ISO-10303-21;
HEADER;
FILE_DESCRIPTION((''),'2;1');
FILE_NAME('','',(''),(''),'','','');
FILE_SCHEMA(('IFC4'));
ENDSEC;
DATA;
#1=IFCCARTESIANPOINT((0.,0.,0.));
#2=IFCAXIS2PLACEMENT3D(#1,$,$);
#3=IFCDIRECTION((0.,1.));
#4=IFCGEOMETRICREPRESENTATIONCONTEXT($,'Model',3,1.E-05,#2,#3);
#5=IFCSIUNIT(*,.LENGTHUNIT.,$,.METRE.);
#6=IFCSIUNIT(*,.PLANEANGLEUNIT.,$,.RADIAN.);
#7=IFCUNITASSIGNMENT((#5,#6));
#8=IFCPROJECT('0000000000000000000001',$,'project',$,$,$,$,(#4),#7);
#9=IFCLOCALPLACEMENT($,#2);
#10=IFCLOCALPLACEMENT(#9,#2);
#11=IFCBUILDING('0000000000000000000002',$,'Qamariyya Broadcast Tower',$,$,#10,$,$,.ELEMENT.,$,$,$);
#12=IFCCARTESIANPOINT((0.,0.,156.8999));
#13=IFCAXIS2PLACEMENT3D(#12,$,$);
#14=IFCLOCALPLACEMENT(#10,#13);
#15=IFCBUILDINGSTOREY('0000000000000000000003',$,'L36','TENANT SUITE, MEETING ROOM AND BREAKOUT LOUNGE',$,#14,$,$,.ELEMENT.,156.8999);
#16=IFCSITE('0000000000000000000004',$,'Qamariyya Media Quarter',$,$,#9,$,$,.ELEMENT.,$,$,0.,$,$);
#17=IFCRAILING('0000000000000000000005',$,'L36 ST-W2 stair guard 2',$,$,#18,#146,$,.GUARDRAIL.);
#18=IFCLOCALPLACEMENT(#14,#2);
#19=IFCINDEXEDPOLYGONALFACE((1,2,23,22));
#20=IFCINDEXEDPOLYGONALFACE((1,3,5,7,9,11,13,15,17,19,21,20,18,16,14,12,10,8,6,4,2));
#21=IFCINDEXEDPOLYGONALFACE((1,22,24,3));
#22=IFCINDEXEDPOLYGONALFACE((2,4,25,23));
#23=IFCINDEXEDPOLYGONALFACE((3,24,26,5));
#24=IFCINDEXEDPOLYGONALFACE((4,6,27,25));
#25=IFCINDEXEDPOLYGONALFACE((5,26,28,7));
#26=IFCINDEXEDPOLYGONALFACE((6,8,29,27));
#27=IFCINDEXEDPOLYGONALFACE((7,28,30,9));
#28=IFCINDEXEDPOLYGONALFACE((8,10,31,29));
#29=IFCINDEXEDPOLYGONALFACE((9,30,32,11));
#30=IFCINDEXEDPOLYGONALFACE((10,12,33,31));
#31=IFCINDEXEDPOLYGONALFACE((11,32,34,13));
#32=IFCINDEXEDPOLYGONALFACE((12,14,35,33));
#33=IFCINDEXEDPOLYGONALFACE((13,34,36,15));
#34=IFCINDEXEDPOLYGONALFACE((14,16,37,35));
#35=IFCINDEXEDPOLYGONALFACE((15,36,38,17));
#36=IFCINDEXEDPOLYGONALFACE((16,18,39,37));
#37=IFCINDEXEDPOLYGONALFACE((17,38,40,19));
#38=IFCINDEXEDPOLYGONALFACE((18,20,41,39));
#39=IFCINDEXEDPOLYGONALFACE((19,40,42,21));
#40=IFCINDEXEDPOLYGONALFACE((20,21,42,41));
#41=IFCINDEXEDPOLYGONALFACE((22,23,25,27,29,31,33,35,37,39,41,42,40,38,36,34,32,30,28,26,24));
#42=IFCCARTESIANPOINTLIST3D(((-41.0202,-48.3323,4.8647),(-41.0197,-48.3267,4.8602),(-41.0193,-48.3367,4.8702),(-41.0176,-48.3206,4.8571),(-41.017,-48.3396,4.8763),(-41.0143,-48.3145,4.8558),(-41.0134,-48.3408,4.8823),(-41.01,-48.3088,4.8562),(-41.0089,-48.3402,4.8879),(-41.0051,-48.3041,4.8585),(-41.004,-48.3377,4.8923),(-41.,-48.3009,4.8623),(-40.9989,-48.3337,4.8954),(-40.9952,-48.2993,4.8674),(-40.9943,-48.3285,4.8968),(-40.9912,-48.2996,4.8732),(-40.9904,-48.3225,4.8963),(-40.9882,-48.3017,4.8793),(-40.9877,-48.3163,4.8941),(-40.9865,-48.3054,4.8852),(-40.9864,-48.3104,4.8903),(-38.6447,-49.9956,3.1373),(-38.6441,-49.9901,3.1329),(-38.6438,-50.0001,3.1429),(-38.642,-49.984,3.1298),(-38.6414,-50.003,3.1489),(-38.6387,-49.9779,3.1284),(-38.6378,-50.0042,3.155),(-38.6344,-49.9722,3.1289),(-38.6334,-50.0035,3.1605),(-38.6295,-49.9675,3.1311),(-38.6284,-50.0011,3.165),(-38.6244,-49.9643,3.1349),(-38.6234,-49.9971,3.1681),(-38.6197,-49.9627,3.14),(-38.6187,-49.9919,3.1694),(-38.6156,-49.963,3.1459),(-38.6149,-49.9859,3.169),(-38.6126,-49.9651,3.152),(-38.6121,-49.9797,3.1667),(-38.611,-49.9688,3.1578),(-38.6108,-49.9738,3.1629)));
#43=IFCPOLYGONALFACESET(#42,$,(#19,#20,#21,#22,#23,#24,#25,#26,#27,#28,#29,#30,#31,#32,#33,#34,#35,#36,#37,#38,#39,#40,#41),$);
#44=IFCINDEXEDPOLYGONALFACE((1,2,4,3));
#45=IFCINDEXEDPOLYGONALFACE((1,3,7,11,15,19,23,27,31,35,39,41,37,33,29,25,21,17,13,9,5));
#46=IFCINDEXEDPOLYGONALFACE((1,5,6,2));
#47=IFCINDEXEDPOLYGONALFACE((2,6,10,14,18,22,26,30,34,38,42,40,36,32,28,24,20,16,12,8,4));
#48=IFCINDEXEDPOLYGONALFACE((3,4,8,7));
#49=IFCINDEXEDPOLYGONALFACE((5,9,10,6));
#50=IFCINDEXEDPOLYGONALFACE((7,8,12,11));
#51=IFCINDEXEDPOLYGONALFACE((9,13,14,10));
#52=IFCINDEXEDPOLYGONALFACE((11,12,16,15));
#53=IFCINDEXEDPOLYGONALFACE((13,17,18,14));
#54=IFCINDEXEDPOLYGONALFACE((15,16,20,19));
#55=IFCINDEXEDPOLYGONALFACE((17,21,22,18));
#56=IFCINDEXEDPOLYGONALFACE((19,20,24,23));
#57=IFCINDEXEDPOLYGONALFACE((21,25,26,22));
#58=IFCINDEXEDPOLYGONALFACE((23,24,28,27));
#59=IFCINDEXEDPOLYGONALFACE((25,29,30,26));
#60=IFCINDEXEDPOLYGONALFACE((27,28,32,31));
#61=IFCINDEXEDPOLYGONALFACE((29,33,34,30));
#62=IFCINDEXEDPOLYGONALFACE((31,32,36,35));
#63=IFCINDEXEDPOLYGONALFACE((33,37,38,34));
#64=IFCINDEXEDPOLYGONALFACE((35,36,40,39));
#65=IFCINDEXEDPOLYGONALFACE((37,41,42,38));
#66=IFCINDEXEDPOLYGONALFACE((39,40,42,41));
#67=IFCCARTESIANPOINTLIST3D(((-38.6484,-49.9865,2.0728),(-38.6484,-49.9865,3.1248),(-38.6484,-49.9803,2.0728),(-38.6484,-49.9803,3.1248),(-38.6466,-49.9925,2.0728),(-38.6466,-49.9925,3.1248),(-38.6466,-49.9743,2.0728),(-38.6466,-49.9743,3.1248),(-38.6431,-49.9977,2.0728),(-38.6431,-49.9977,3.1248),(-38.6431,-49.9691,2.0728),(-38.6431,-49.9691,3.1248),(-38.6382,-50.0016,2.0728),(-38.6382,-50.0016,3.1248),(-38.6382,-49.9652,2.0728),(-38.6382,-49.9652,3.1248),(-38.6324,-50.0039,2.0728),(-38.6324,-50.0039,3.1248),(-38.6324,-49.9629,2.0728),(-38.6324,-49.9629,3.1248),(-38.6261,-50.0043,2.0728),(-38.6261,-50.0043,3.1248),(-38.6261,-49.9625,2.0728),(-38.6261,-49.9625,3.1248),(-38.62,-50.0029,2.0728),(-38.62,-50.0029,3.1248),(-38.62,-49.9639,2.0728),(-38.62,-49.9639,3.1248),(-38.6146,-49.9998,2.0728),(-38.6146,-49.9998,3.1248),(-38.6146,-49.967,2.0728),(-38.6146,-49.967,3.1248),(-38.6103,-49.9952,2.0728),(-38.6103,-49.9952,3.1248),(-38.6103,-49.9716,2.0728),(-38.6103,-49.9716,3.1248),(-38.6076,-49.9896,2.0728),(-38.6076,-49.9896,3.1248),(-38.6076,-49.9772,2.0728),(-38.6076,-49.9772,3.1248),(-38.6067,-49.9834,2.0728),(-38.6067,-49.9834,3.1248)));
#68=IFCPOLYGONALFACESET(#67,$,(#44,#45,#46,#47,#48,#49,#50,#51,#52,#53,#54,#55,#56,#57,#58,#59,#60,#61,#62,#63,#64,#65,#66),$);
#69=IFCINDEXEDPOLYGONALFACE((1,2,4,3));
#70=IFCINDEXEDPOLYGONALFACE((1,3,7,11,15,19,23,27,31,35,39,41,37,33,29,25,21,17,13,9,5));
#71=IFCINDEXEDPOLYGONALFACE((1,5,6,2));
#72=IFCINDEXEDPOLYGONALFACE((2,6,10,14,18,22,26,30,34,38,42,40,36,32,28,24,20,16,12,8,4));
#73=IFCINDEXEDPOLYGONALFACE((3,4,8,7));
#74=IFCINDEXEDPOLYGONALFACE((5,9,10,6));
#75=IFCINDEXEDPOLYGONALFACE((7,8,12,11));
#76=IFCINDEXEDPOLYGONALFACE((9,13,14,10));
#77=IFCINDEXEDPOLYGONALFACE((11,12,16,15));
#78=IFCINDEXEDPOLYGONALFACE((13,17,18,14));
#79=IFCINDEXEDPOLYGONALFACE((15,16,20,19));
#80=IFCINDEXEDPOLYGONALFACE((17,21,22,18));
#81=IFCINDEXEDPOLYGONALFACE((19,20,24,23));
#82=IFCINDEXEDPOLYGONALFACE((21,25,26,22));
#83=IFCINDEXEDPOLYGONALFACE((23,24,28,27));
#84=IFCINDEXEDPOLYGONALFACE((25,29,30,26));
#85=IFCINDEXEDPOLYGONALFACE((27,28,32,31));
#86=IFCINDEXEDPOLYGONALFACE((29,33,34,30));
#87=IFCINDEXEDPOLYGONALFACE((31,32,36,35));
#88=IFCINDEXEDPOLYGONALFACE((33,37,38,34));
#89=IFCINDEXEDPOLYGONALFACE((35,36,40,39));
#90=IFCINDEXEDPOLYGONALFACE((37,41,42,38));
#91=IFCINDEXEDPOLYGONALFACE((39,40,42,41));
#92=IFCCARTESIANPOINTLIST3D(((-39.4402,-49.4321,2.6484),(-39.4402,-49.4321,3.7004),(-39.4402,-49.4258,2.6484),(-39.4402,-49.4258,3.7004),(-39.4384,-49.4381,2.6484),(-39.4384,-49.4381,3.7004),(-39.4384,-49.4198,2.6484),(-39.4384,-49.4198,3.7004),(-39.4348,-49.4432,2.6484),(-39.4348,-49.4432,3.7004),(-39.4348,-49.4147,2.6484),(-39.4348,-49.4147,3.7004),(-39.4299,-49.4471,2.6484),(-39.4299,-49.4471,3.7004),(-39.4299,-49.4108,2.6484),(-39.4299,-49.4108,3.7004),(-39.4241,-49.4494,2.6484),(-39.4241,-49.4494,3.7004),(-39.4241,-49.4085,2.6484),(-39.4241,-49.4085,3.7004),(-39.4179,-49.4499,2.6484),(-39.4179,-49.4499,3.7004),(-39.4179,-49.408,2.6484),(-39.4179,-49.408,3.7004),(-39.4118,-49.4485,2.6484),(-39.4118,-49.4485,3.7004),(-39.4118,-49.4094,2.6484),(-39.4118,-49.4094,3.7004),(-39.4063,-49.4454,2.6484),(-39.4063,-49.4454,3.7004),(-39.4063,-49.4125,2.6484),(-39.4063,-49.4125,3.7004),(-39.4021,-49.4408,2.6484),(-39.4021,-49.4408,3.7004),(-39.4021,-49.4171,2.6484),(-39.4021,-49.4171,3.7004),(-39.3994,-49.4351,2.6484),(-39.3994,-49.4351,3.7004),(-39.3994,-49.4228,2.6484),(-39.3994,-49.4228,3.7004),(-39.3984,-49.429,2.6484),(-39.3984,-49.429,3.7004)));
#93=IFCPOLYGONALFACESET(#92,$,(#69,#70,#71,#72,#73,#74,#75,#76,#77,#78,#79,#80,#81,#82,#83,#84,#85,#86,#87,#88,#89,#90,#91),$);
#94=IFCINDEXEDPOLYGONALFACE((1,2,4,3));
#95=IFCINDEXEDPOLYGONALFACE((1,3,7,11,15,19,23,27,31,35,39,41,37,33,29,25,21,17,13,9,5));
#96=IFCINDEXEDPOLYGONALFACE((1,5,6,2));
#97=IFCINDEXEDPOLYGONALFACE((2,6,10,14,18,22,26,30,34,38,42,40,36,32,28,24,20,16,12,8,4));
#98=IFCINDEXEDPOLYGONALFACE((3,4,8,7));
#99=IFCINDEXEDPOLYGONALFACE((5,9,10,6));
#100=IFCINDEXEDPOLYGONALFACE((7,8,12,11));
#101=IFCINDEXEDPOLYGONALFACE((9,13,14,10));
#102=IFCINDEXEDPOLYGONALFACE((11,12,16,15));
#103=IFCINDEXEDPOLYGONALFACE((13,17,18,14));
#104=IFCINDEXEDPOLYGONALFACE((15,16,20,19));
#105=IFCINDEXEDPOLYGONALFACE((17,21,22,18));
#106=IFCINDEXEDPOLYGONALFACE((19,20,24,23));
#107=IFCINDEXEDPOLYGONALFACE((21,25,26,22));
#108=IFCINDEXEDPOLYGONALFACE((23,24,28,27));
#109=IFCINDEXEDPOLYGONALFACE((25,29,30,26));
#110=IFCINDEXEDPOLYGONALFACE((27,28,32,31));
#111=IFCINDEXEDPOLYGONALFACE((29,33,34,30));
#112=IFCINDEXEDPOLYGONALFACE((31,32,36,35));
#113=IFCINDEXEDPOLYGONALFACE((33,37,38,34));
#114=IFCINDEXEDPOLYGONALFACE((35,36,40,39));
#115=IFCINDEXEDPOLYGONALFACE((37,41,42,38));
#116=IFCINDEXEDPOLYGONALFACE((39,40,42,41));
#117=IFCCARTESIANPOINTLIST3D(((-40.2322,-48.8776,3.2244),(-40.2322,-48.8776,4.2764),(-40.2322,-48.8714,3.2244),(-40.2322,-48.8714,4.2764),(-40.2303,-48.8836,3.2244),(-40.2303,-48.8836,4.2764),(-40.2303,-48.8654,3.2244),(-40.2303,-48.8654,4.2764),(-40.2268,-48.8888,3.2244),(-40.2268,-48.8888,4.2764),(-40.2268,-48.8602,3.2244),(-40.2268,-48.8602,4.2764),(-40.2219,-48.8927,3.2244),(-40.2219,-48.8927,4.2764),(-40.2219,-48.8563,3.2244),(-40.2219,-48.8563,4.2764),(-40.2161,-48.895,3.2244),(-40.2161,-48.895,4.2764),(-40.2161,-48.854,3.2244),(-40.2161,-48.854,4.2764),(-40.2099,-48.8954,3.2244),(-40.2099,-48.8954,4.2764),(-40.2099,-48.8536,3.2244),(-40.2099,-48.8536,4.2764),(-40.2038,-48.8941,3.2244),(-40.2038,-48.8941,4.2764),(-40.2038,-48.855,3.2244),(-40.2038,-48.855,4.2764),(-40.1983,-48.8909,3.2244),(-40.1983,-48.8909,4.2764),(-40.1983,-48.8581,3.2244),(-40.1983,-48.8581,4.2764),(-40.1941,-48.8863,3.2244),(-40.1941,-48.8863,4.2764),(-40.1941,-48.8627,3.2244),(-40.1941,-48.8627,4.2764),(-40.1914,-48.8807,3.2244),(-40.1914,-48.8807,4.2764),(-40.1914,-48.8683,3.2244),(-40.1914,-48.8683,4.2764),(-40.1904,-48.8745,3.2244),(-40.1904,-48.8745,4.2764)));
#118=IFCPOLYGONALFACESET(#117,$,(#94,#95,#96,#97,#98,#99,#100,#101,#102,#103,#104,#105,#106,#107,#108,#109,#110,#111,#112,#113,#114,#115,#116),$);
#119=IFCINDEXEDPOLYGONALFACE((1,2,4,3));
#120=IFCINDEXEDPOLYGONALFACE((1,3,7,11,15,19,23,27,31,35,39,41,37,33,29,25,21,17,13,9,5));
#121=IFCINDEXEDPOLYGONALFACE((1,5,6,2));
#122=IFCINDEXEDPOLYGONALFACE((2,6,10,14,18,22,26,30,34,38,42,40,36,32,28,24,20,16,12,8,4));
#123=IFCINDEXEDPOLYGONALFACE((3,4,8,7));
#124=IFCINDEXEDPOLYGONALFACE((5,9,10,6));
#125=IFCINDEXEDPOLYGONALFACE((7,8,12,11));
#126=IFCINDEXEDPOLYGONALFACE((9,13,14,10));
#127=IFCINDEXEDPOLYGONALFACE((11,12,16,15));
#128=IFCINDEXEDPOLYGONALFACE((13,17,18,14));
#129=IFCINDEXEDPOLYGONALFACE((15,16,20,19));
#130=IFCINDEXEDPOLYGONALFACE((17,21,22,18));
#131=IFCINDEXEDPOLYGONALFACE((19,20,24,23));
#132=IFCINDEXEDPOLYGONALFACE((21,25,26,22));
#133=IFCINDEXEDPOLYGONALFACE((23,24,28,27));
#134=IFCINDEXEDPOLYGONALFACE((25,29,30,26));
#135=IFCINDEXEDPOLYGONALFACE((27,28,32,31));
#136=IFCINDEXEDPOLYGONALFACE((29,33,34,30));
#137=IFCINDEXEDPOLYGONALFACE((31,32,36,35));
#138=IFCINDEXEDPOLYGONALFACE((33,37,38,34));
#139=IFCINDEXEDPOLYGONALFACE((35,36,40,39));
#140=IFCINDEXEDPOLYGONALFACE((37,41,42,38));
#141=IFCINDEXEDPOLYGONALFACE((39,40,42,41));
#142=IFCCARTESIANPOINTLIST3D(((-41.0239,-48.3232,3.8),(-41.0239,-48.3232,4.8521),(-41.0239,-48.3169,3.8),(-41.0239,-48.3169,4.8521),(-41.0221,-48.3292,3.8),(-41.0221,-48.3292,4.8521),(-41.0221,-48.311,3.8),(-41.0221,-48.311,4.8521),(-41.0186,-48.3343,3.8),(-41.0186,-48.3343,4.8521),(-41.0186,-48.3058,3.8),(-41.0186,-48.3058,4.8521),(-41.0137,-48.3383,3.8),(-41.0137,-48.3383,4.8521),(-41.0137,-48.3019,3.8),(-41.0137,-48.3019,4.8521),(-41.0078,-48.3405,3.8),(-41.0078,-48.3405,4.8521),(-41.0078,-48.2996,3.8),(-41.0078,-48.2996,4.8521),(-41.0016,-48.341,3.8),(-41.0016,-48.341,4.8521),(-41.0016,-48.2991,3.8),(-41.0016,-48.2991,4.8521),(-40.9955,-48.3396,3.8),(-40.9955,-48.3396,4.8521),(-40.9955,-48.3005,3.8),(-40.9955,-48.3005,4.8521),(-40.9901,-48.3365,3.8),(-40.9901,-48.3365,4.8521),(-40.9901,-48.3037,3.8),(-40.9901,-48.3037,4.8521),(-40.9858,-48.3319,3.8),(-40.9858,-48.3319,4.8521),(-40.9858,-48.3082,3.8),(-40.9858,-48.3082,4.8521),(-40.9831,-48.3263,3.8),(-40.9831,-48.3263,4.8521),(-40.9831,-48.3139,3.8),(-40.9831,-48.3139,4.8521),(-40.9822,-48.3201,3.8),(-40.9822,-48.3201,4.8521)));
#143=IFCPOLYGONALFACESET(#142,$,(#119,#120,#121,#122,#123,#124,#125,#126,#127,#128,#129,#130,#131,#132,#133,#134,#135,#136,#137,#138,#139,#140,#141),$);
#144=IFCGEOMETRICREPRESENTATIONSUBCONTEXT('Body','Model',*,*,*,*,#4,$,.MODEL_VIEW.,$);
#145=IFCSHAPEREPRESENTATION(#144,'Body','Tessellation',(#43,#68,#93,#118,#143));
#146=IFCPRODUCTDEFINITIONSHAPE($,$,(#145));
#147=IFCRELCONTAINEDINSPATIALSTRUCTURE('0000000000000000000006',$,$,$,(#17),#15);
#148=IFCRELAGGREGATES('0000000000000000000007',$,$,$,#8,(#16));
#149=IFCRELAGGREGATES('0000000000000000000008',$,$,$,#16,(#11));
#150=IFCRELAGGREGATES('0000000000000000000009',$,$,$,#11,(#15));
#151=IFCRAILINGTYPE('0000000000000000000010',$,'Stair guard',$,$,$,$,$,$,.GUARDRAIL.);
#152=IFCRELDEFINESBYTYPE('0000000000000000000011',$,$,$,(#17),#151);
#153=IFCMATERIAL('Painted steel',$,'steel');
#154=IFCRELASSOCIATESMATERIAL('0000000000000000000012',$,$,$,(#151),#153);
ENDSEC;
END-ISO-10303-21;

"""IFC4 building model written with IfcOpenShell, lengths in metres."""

from ifc_helpers import new_model, si_unit, direction, frame, origin, origin_2d, place, context, subcontext, project, spatial, circle, extrude, material, type_object, element, save


model = new_model("IFC4")

# Units and contexts
model_context = context("Model", 3, precision=1e-05, world=origin(), true_north=direction((0.0, 1.0)))
body_context = subcontext(model_context, "Body", "Model", "MODEL_VIEW")
ifc_project = project(units=[si_unit("LENGTHUNIT", "METRE"), si_unit("PLANEANGLEUNIT", "RADIAN")], contexts=[model_context])

# Site, building, storey
site_placement = place(None, origin())
site = spatial("IfcSite", under=ifc_project, at=site_placement, Name="Qamariyya Media Quarter", CompositionType="ELEMENT", RefElevation=0.0)
building_placement = place(site_placement, origin())
building = spatial("IfcBuilding", under=site, at=building_placement, Name="Qamariyya Broadcast Tower", CompositionType="ELEMENT")
storey_placement = place(building_placement, frame((0.0, 0.0, 156.8999)))
storey = spatial("IfcBuildingStorey", under=building, at=storey_placement, Name="L36", Description="TENANT SUITE, MEETING ROOM AND BREAKOUT LOUNGE", CompositionType="ELEMENT", Elevation=156.8999)

# Railing
ifc_material_1 = material(Name="Painted steel", Category="steel")
railing_type_1 = type_object("IfcRailingType", Name="Stair guard", PredefinedType="GUARDRAIL", material=ifc_material_1)
railing_1_placement = place(storey_placement, frame((-38.6277, -49.9834, 2.0728)))
element("IfcRailing", 1, at=railing_1_placement, inside=storey, type_object=railing_type_1, Name="L36 ST-W2 stair guard 2", PredefinedType="GUARDRAIL", context=body_context, shape_type="SweptSolid", body=[
    extrude(circle(Radius=0.0239, at=origin_2d()), frame((0.0, 0.0, 1.0762), z_axis=(-0.70377, 0.492784, 0.511734), x_axis=(-0.573575, -0.819153, 0.0)), (0.0, 0.0, 1.0), 3.3755),
    extrude(circle(Radius=0.021, at=origin_2d()), origin(), (0.0, 0.0, 1.0), 1.052),
    extrude(circle(Radius=0.021, at=origin_2d()), frame((-0.7917, 0.5544, 0.5757)), (0.0, 0.0, 1.0), 1.052),
    extrude(circle(Radius=0.021, at=origin_2d()), frame((-1.5837, 1.1089, 1.1516)), (0.0, 0.0, 1.0), 1.052),
    extrude(circle(Radius=0.021, at=origin_2d()), frame((-2.3755, 1.6633, 1.7273)), (0.0, 0.0, 1.0), 1.052),
])

save(model, "model.ifc")
